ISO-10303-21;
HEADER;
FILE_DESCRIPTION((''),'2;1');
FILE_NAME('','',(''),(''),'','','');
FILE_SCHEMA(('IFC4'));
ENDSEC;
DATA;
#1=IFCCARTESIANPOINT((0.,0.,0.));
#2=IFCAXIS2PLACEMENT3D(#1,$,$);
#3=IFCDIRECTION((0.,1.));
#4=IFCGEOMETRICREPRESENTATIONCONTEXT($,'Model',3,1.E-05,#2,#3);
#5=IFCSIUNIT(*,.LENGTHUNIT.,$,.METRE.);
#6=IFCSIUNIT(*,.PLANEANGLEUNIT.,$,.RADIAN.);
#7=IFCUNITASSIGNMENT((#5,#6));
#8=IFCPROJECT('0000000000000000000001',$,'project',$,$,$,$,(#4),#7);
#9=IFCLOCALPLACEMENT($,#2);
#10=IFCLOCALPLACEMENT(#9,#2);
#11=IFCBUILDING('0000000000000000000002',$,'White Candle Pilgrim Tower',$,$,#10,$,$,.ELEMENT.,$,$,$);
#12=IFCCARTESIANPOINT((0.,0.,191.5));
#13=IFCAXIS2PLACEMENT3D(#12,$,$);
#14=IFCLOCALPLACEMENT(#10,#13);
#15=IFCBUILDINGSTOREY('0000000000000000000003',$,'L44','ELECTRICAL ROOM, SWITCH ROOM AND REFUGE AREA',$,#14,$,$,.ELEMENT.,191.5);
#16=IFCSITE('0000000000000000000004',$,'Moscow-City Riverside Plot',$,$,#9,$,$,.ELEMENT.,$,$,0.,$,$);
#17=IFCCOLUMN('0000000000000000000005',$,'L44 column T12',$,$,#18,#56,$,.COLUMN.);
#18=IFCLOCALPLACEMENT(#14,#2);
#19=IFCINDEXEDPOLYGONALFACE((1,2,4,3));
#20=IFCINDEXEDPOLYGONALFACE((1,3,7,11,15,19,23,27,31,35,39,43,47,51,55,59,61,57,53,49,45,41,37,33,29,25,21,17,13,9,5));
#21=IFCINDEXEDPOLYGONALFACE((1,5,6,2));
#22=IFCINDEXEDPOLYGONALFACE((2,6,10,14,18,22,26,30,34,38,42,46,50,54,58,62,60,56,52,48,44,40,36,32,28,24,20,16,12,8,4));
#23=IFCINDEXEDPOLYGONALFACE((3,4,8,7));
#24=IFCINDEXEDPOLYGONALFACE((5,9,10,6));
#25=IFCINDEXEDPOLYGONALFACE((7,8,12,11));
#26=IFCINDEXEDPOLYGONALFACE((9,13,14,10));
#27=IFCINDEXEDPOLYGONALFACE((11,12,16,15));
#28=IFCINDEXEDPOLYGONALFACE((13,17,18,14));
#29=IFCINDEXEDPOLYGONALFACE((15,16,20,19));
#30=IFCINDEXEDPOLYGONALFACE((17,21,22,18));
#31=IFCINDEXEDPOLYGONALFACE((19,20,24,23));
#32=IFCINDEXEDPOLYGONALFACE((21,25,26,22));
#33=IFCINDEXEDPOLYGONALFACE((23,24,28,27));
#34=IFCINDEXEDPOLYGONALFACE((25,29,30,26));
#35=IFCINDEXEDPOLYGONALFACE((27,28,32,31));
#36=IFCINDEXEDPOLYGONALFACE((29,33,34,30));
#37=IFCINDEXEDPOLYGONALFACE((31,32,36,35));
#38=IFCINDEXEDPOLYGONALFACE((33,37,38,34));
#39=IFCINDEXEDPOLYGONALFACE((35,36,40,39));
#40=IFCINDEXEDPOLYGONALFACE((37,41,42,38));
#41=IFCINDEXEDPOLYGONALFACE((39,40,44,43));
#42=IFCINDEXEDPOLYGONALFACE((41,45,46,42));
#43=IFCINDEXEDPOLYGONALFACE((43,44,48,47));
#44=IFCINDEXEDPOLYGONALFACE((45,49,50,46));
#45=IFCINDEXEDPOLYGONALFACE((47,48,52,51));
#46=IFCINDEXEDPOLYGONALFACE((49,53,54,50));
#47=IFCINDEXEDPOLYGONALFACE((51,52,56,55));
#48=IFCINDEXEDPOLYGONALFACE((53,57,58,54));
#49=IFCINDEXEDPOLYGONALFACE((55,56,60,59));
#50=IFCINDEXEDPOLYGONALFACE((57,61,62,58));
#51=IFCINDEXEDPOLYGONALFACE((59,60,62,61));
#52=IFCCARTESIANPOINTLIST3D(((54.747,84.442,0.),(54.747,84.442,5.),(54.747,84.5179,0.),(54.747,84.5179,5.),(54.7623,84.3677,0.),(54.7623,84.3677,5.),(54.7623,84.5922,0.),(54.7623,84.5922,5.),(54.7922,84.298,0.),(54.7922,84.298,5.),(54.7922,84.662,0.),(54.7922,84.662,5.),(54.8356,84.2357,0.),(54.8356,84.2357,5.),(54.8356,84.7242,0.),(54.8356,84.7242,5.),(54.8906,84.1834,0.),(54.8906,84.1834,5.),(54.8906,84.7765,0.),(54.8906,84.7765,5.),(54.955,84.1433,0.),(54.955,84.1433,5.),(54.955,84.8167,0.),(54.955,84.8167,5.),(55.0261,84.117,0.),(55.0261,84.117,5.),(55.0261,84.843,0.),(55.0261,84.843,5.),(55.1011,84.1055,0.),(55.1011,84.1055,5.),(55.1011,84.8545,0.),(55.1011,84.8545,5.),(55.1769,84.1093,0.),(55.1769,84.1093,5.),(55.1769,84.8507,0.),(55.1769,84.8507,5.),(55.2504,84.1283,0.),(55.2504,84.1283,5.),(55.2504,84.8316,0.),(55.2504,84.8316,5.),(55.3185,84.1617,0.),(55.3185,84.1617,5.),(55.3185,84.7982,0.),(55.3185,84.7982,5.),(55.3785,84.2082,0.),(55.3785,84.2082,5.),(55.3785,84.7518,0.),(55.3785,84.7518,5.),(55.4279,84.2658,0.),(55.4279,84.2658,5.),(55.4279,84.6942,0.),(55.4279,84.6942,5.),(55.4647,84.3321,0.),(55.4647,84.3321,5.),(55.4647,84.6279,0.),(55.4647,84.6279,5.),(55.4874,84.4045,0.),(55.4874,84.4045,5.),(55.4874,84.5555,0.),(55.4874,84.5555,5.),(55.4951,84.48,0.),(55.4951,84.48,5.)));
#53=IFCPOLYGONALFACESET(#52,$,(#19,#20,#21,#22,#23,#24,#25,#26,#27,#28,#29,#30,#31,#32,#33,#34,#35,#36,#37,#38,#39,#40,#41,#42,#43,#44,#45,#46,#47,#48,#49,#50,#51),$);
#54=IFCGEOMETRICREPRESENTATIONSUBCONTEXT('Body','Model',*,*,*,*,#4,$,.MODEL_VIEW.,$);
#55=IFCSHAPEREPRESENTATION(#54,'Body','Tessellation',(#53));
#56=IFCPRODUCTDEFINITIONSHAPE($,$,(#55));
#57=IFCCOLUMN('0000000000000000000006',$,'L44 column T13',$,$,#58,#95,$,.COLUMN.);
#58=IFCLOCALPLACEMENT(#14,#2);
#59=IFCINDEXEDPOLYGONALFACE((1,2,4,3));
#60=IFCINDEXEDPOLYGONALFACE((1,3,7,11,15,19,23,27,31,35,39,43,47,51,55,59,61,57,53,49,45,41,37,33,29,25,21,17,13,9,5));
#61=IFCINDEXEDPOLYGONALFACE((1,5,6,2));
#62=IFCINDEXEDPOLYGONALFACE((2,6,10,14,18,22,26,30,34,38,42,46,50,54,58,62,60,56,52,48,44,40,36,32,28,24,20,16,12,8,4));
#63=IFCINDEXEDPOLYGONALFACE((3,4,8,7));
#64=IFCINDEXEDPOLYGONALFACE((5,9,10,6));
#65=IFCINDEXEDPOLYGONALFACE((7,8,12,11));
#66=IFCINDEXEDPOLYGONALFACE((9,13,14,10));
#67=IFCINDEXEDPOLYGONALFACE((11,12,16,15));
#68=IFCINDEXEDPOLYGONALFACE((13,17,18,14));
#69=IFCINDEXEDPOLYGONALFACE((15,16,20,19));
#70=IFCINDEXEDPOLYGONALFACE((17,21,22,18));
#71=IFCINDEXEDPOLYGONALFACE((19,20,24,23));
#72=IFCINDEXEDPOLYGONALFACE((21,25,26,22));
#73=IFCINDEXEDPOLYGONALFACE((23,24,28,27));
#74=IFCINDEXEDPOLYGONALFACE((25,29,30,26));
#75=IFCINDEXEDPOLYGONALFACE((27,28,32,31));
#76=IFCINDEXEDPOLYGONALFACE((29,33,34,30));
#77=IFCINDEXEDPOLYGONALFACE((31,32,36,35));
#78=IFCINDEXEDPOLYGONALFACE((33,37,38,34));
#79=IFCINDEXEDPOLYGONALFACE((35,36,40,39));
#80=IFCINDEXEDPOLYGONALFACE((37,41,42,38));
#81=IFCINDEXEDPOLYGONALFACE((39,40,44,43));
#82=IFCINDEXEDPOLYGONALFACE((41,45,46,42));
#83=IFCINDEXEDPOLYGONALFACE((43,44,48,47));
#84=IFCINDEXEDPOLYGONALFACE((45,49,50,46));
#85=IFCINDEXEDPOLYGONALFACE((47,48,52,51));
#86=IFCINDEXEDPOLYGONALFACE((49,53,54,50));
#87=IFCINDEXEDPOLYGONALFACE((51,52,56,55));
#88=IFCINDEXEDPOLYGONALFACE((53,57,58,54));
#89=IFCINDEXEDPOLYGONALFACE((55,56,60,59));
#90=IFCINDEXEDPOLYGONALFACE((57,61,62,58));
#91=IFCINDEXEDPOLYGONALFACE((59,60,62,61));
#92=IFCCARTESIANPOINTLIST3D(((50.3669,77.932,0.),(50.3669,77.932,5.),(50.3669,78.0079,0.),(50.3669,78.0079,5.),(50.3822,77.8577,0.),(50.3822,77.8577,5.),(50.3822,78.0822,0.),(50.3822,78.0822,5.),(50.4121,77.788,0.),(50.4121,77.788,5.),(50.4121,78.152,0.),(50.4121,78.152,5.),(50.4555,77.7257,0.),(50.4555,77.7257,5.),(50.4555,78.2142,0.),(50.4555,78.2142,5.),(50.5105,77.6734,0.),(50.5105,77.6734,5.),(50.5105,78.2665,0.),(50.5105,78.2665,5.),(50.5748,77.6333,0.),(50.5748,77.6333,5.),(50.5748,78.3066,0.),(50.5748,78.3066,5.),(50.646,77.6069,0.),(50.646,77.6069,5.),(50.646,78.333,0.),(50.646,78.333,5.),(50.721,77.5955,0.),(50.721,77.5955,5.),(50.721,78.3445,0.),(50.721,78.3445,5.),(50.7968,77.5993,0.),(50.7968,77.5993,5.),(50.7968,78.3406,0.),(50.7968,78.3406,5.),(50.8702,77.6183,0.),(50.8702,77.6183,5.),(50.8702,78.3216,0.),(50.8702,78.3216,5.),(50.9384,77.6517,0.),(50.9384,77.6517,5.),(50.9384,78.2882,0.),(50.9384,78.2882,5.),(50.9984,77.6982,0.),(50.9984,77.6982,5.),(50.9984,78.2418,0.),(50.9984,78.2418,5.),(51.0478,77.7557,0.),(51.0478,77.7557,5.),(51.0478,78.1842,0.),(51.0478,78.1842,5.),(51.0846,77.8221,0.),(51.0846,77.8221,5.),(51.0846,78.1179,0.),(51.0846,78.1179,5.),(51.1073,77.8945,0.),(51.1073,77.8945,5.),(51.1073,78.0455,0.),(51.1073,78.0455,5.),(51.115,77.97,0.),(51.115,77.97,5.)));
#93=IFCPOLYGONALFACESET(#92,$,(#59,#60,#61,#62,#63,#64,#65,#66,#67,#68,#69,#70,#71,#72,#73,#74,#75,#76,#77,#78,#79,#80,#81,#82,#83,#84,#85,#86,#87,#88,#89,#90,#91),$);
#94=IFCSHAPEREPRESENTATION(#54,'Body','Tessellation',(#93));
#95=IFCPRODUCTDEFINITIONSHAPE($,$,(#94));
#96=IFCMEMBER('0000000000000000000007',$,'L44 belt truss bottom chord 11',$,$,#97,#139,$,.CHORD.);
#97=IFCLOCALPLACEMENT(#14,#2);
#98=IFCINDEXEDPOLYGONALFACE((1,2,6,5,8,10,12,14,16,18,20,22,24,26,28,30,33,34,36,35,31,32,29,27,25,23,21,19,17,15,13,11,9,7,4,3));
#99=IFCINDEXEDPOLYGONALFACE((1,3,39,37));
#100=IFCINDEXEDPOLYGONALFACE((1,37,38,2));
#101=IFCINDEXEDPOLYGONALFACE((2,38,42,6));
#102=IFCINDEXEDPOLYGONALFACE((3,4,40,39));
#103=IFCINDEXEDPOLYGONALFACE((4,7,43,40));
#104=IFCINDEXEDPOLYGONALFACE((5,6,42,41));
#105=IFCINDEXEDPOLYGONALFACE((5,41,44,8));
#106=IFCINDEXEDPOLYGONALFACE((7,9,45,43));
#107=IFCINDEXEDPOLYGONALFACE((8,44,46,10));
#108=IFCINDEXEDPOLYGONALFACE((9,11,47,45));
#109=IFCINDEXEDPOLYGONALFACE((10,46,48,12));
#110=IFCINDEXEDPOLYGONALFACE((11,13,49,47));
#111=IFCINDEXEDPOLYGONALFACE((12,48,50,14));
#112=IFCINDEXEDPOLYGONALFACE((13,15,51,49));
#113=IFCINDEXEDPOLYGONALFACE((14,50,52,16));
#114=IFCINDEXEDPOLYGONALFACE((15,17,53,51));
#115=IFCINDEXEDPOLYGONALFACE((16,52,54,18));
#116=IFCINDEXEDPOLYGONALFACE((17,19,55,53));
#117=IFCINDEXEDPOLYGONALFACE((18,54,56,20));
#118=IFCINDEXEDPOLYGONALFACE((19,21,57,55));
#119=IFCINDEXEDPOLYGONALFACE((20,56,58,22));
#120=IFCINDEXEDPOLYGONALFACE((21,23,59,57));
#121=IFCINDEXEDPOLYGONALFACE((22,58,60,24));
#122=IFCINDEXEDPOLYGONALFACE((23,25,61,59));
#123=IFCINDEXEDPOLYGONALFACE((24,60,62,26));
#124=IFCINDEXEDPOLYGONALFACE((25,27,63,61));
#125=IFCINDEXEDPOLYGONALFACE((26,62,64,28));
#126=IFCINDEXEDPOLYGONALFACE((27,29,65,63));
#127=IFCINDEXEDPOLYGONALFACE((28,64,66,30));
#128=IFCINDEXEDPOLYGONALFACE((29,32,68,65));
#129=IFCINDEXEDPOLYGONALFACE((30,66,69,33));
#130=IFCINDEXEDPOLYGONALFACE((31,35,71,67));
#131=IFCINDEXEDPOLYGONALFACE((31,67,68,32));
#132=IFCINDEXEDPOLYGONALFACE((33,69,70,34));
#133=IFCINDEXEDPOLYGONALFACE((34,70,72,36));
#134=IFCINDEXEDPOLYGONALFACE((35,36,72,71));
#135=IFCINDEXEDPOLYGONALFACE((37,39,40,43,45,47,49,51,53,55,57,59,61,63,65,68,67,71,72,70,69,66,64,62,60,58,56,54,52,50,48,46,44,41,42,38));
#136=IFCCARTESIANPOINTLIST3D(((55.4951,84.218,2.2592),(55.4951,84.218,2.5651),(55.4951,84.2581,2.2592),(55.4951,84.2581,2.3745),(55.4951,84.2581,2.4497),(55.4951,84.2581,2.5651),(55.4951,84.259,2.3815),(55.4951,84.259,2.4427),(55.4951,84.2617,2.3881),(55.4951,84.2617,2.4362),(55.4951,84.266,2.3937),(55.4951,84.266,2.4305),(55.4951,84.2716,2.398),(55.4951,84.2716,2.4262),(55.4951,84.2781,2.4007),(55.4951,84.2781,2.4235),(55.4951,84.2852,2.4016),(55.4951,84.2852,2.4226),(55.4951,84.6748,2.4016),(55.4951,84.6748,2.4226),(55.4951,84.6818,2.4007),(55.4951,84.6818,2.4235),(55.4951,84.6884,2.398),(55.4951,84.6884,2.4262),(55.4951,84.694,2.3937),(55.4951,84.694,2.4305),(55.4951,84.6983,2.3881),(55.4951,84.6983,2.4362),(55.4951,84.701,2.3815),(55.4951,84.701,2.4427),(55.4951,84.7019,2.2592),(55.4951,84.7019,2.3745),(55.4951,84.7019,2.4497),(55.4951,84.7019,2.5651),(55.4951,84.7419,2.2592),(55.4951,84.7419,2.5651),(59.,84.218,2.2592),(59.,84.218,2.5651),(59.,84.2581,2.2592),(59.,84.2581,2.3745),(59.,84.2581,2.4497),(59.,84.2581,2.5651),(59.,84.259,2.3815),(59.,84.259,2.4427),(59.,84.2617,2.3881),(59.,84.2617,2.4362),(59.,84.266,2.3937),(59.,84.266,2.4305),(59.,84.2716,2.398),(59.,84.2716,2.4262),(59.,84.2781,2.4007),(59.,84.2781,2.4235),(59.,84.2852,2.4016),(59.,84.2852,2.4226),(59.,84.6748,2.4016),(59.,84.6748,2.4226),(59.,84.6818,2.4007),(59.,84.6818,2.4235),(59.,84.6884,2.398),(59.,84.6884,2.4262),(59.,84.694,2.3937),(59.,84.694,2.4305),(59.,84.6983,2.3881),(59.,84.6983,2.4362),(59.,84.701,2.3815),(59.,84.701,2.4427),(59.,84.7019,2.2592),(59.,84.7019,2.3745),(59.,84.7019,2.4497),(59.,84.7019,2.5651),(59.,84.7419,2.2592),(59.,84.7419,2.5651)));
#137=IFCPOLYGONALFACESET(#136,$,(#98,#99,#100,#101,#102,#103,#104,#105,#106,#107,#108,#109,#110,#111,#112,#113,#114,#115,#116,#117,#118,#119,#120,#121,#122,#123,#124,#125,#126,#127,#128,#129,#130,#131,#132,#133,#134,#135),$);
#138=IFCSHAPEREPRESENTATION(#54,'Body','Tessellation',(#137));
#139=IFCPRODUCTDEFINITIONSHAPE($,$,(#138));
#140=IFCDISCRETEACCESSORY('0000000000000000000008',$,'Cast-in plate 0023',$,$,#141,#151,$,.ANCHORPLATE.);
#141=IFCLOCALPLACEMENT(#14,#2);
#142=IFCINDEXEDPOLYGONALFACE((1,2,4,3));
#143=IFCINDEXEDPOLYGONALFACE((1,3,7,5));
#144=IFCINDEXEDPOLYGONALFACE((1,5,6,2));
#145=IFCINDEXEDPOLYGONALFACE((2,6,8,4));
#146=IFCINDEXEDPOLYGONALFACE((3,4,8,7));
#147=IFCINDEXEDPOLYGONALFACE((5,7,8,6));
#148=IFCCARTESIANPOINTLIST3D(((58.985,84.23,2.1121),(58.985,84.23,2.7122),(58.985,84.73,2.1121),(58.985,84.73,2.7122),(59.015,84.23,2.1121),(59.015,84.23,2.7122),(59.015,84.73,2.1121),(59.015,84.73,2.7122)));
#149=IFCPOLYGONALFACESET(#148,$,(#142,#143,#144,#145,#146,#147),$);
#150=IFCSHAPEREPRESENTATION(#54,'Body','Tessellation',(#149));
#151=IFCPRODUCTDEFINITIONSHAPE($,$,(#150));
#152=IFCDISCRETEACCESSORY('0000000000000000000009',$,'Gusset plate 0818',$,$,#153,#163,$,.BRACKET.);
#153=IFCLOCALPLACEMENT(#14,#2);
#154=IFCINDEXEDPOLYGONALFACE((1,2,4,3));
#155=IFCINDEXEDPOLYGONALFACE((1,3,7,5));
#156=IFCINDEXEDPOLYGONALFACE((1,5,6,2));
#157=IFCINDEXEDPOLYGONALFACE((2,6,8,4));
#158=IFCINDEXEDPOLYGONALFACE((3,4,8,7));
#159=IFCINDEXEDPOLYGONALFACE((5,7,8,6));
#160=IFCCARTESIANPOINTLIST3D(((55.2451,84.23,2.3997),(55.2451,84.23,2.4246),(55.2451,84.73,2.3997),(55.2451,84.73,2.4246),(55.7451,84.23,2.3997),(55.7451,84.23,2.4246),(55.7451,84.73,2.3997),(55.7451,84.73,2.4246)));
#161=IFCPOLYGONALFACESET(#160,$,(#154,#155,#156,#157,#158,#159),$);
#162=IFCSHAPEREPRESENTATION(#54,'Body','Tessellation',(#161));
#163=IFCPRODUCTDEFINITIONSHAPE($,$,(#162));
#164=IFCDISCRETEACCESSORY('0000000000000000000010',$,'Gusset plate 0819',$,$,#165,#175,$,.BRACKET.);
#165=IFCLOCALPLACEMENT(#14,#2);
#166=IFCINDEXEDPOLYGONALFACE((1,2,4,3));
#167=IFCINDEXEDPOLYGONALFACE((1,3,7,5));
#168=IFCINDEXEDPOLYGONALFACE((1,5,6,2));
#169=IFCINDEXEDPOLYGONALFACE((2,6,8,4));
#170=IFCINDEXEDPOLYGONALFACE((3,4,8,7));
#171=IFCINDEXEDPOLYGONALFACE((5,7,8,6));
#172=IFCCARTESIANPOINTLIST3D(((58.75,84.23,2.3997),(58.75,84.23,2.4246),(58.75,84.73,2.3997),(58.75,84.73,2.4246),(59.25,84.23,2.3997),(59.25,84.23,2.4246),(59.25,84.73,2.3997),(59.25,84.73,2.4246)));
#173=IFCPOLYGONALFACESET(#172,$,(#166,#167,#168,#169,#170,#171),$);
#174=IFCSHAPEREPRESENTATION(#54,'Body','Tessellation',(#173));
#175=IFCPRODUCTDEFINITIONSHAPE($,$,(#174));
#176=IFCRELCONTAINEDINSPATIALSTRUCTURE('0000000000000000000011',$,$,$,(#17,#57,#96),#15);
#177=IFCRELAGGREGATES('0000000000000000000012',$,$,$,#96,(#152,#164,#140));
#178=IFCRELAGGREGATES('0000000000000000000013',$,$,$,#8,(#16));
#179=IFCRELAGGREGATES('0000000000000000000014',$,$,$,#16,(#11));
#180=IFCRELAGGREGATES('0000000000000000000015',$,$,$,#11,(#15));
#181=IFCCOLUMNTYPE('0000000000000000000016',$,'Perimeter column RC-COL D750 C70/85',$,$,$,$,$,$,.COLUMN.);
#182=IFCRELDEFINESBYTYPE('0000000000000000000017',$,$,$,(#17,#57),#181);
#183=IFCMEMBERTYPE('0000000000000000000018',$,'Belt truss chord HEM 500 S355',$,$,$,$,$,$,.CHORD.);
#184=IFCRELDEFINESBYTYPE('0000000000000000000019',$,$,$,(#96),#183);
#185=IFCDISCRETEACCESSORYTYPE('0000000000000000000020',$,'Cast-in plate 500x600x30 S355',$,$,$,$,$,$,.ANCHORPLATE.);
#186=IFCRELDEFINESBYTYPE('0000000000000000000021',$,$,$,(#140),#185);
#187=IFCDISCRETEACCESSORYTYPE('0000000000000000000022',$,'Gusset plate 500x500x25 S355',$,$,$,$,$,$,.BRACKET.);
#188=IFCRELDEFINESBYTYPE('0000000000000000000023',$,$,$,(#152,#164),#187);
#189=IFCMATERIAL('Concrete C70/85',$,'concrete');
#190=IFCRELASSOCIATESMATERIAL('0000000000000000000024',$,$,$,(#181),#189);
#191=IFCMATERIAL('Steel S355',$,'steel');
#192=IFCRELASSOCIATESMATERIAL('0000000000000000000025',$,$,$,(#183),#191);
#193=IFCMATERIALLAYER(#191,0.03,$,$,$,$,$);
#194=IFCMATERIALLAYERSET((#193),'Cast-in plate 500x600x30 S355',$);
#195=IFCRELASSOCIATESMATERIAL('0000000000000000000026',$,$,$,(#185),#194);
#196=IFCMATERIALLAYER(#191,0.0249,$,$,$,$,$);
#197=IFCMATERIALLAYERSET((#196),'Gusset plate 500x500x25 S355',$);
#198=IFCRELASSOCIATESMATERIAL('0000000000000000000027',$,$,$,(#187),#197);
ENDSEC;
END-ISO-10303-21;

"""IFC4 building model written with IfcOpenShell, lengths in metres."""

from ifc_helpers import new_model, si_unit, direction, frame, origin, origin_2d, place, context, subcontext, project, spatial, rectangle, circle, i_section, extrude, material, layer, layer_set, material_profile, profile_set, type_object, element, aggregate, save


model = new_model("IFC4")

# Units and contexts
model_context = context("Model", 3, precision=1e-05, world=origin(), true_north=direction((0.0, 1.0)))
body_context = subcontext(model_context, "Body", "Model", "MODEL_VIEW")
ifc_project = project(units=[si_unit("LENGTHUNIT", "METRE"), si_unit("PLANEANGLEUNIT", "RADIAN")], contexts=[model_context])

# Site, building, storey
site_placement = place(None, origin())
site = spatial("IfcSite", under=ifc_project, at=site_placement, Name="Moscow-City Riverside Plot", CompositionType="ELEMENT", RefElevation=0.0)
building_placement = place(site_placement, origin())
building = spatial("IfcBuilding", under=site, at=building_placement, Name="White Candle Pilgrim Tower", CompositionType="ELEMENT")
storey_placement = place(building_placement, frame((0.0, 0.0, 191.5)))
storey = spatial("IfcBuildingStorey", under=building, at=storey_placement, Name="L44", Description="ELECTRICAL ROOM, SWITCH ROOM AND REFUGE AREA", CompositionType="ELEMENT", Elevation=191.5)

# Columns
ifc_material_1 = material(Name="Concrete C70/85", Category="concrete")
ifc_material_profile_1 = material_profile(ifc_material_1, circle(Radius=0.375, at=origin_2d()), Name="RC-COL D750")
ifc_profile_set_1 = profile_set([ifc_material_profile_1], Name="Concrete C70/85")
column_type = type_object("IfcColumnType", Name="Perimeter column RC-COL D750 C70/85", PredefinedType="COLUMN", material=ifc_profile_set_1)
for number, where, z_axis, x_axis, name in (
    (1, (55.1201, 84.48, 0.0), (0.0, 0.0, 1.0), (1.0, 0.0, 0.0), "L44 column T12"),
    (2, (50.74, 77.97, 0.0), (0.0, 0.0, 1.0), (1.0, 0.0, 0.0), "L44 column T13"),
):
    element("IfcColumn", number, at=place(storey_placement, frame(where, z_axis=z_axis, x_axis=x_axis)), inside=storey, type_object=column_type, Name=name, PredefinedType="COLUMN", context=body_context, shape_type="SweptSolid", body=[
        extrude(circle(Radius=0.375, at=origin_2d()), origin(), (0.0, 0.0, 1.0), 5.0),
    ])

# Member
ifc_material_2 = material(Name="Steel S355", Category="steel")
ifc_material_profile_2 = material_profile(ifc_material_2, i_section(OverallWidth=0.3059, OverallDepth=0.5239, WebThickness=0.021, FlangeThickness=0.04, FilletRadius=0.0271, at=origin_2d()), Name="HEM 500")
ifc_profile_set_2 = profile_set([ifc_material_profile_2], Name="Steel S355")
member_type_1 = type_object("IfcMemberType", Name="Belt truss chord HEM 500 S355", PredefinedType="CHORD", material=ifc_profile_set_2)
member_1_placement = place(storey_placement, frame((55.4951, 84.48, 2.4121), z_axis=(1.0, 0.0, 0.0), x_axis=(0.0, 0.0, 1.0)))
member_1 = element("IfcMember", 3, at=member_1_placement, inside=storey, type_object=member_type_1, Name="L44 belt truss bottom chord 11", PredefinedType="CHORD", context=body_context, shape_type="SweptSolid", body=[
    extrude(i_section(OverallWidth=0.3059, OverallDepth=0.5239, WebThickness=0.021, FlangeThickness=0.04, FilletRadius=0.0271, at=origin_2d()), origin(), (0.0, 0.0, 1.0), 3.5049),
])

# Discrete accessories
ifc_layer_1 = layer(ifc_material_2, 0.03)
ifc_layer_set_1 = layer_set([ifc_layer_1], Name="Cast-in plate 500x600x30 S355")
discrete_accessory_type_1 = type_object("IfcDiscreteAccessoryType", Name="Cast-in plate 500x600x30 S355", PredefinedType="ANCHORPLATE", material=ifc_layer_set_1)
discrete_accessory_1_placement = place(storey_placement, frame((59.0, 84.48, 2.1121), z_axis=(0.0, 0.0, 1.0), x_axis=(-1.0, 0.0, 0.0)))
discrete_accessory_1 = element("IfcDiscreteAccessory", 4, at=discrete_accessory_1_placement, type_object=discrete_accessory_type_1, Name="Cast-in plate 0023", PredefinedType="ANCHORPLATE", context=body_context, shape_type="SweptSolid", body=[
    extrude(rectangle(XDim=0.03, YDim=0.5, at=origin_2d()), origin(), (0.0, 0.0, 1.0), 0.6001),
])
ifc_layer_2 = layer(ifc_material_2, 0.0249)
ifc_layer_set_2 = layer_set([ifc_layer_2], Name="Gusset plate 500x500x25 S355")
discrete_accessory_type_2 = type_object("IfcDiscreteAccessoryType", Name="Gusset plate 500x500x25 S355", PredefinedType="BRACKET", material=ifc_layer_set_2)
discrete_accessory_2_placement = place(storey_placement, frame((55.4951, 84.48, 2.3997), z_axis=(0.0, 0.0, 1.0), x_axis=(1.0, 0.0, 0.0)))
discrete_accessory_2 = element("IfcDiscreteAccessory", 5, at=discrete_accessory_2_placement, type_object=discrete_accessory_type_2, Name="Gusset plate 0818", PredefinedType="BRACKET", context=body_context, shape_type="SweptSolid", body=[
    extrude(rectangle(XDim=0.5, YDim=0.5, at=origin_2d()), origin(), (0.0, 0.0, 1.0), 0.0249),
])
discrete_accessory_3_placement = place(storey_placement, frame((59.0, 84.48, 2.3997), z_axis=(0.0, 0.0, 1.0), x_axis=(1.0, 0.0, 0.0)))
discrete_accessory_3 = element("IfcDiscreteAccessory", 6, at=discrete_accessory_3_placement, type_object=discrete_accessory_type_2, Name="Gusset plate 0819", PredefinedType="BRACKET", context=body_context, shape_type="SweptSolid", body=[
    extrude(rectangle(XDim=0.5, YDim=0.5, at=origin_2d()), origin(), (0.0, 0.0, 1.0), 0.0249),
])
aggregate(member_1, [discrete_accessory_2, discrete_accessory_3, discrete_accessory_1])

save(model, "model.ifc")
